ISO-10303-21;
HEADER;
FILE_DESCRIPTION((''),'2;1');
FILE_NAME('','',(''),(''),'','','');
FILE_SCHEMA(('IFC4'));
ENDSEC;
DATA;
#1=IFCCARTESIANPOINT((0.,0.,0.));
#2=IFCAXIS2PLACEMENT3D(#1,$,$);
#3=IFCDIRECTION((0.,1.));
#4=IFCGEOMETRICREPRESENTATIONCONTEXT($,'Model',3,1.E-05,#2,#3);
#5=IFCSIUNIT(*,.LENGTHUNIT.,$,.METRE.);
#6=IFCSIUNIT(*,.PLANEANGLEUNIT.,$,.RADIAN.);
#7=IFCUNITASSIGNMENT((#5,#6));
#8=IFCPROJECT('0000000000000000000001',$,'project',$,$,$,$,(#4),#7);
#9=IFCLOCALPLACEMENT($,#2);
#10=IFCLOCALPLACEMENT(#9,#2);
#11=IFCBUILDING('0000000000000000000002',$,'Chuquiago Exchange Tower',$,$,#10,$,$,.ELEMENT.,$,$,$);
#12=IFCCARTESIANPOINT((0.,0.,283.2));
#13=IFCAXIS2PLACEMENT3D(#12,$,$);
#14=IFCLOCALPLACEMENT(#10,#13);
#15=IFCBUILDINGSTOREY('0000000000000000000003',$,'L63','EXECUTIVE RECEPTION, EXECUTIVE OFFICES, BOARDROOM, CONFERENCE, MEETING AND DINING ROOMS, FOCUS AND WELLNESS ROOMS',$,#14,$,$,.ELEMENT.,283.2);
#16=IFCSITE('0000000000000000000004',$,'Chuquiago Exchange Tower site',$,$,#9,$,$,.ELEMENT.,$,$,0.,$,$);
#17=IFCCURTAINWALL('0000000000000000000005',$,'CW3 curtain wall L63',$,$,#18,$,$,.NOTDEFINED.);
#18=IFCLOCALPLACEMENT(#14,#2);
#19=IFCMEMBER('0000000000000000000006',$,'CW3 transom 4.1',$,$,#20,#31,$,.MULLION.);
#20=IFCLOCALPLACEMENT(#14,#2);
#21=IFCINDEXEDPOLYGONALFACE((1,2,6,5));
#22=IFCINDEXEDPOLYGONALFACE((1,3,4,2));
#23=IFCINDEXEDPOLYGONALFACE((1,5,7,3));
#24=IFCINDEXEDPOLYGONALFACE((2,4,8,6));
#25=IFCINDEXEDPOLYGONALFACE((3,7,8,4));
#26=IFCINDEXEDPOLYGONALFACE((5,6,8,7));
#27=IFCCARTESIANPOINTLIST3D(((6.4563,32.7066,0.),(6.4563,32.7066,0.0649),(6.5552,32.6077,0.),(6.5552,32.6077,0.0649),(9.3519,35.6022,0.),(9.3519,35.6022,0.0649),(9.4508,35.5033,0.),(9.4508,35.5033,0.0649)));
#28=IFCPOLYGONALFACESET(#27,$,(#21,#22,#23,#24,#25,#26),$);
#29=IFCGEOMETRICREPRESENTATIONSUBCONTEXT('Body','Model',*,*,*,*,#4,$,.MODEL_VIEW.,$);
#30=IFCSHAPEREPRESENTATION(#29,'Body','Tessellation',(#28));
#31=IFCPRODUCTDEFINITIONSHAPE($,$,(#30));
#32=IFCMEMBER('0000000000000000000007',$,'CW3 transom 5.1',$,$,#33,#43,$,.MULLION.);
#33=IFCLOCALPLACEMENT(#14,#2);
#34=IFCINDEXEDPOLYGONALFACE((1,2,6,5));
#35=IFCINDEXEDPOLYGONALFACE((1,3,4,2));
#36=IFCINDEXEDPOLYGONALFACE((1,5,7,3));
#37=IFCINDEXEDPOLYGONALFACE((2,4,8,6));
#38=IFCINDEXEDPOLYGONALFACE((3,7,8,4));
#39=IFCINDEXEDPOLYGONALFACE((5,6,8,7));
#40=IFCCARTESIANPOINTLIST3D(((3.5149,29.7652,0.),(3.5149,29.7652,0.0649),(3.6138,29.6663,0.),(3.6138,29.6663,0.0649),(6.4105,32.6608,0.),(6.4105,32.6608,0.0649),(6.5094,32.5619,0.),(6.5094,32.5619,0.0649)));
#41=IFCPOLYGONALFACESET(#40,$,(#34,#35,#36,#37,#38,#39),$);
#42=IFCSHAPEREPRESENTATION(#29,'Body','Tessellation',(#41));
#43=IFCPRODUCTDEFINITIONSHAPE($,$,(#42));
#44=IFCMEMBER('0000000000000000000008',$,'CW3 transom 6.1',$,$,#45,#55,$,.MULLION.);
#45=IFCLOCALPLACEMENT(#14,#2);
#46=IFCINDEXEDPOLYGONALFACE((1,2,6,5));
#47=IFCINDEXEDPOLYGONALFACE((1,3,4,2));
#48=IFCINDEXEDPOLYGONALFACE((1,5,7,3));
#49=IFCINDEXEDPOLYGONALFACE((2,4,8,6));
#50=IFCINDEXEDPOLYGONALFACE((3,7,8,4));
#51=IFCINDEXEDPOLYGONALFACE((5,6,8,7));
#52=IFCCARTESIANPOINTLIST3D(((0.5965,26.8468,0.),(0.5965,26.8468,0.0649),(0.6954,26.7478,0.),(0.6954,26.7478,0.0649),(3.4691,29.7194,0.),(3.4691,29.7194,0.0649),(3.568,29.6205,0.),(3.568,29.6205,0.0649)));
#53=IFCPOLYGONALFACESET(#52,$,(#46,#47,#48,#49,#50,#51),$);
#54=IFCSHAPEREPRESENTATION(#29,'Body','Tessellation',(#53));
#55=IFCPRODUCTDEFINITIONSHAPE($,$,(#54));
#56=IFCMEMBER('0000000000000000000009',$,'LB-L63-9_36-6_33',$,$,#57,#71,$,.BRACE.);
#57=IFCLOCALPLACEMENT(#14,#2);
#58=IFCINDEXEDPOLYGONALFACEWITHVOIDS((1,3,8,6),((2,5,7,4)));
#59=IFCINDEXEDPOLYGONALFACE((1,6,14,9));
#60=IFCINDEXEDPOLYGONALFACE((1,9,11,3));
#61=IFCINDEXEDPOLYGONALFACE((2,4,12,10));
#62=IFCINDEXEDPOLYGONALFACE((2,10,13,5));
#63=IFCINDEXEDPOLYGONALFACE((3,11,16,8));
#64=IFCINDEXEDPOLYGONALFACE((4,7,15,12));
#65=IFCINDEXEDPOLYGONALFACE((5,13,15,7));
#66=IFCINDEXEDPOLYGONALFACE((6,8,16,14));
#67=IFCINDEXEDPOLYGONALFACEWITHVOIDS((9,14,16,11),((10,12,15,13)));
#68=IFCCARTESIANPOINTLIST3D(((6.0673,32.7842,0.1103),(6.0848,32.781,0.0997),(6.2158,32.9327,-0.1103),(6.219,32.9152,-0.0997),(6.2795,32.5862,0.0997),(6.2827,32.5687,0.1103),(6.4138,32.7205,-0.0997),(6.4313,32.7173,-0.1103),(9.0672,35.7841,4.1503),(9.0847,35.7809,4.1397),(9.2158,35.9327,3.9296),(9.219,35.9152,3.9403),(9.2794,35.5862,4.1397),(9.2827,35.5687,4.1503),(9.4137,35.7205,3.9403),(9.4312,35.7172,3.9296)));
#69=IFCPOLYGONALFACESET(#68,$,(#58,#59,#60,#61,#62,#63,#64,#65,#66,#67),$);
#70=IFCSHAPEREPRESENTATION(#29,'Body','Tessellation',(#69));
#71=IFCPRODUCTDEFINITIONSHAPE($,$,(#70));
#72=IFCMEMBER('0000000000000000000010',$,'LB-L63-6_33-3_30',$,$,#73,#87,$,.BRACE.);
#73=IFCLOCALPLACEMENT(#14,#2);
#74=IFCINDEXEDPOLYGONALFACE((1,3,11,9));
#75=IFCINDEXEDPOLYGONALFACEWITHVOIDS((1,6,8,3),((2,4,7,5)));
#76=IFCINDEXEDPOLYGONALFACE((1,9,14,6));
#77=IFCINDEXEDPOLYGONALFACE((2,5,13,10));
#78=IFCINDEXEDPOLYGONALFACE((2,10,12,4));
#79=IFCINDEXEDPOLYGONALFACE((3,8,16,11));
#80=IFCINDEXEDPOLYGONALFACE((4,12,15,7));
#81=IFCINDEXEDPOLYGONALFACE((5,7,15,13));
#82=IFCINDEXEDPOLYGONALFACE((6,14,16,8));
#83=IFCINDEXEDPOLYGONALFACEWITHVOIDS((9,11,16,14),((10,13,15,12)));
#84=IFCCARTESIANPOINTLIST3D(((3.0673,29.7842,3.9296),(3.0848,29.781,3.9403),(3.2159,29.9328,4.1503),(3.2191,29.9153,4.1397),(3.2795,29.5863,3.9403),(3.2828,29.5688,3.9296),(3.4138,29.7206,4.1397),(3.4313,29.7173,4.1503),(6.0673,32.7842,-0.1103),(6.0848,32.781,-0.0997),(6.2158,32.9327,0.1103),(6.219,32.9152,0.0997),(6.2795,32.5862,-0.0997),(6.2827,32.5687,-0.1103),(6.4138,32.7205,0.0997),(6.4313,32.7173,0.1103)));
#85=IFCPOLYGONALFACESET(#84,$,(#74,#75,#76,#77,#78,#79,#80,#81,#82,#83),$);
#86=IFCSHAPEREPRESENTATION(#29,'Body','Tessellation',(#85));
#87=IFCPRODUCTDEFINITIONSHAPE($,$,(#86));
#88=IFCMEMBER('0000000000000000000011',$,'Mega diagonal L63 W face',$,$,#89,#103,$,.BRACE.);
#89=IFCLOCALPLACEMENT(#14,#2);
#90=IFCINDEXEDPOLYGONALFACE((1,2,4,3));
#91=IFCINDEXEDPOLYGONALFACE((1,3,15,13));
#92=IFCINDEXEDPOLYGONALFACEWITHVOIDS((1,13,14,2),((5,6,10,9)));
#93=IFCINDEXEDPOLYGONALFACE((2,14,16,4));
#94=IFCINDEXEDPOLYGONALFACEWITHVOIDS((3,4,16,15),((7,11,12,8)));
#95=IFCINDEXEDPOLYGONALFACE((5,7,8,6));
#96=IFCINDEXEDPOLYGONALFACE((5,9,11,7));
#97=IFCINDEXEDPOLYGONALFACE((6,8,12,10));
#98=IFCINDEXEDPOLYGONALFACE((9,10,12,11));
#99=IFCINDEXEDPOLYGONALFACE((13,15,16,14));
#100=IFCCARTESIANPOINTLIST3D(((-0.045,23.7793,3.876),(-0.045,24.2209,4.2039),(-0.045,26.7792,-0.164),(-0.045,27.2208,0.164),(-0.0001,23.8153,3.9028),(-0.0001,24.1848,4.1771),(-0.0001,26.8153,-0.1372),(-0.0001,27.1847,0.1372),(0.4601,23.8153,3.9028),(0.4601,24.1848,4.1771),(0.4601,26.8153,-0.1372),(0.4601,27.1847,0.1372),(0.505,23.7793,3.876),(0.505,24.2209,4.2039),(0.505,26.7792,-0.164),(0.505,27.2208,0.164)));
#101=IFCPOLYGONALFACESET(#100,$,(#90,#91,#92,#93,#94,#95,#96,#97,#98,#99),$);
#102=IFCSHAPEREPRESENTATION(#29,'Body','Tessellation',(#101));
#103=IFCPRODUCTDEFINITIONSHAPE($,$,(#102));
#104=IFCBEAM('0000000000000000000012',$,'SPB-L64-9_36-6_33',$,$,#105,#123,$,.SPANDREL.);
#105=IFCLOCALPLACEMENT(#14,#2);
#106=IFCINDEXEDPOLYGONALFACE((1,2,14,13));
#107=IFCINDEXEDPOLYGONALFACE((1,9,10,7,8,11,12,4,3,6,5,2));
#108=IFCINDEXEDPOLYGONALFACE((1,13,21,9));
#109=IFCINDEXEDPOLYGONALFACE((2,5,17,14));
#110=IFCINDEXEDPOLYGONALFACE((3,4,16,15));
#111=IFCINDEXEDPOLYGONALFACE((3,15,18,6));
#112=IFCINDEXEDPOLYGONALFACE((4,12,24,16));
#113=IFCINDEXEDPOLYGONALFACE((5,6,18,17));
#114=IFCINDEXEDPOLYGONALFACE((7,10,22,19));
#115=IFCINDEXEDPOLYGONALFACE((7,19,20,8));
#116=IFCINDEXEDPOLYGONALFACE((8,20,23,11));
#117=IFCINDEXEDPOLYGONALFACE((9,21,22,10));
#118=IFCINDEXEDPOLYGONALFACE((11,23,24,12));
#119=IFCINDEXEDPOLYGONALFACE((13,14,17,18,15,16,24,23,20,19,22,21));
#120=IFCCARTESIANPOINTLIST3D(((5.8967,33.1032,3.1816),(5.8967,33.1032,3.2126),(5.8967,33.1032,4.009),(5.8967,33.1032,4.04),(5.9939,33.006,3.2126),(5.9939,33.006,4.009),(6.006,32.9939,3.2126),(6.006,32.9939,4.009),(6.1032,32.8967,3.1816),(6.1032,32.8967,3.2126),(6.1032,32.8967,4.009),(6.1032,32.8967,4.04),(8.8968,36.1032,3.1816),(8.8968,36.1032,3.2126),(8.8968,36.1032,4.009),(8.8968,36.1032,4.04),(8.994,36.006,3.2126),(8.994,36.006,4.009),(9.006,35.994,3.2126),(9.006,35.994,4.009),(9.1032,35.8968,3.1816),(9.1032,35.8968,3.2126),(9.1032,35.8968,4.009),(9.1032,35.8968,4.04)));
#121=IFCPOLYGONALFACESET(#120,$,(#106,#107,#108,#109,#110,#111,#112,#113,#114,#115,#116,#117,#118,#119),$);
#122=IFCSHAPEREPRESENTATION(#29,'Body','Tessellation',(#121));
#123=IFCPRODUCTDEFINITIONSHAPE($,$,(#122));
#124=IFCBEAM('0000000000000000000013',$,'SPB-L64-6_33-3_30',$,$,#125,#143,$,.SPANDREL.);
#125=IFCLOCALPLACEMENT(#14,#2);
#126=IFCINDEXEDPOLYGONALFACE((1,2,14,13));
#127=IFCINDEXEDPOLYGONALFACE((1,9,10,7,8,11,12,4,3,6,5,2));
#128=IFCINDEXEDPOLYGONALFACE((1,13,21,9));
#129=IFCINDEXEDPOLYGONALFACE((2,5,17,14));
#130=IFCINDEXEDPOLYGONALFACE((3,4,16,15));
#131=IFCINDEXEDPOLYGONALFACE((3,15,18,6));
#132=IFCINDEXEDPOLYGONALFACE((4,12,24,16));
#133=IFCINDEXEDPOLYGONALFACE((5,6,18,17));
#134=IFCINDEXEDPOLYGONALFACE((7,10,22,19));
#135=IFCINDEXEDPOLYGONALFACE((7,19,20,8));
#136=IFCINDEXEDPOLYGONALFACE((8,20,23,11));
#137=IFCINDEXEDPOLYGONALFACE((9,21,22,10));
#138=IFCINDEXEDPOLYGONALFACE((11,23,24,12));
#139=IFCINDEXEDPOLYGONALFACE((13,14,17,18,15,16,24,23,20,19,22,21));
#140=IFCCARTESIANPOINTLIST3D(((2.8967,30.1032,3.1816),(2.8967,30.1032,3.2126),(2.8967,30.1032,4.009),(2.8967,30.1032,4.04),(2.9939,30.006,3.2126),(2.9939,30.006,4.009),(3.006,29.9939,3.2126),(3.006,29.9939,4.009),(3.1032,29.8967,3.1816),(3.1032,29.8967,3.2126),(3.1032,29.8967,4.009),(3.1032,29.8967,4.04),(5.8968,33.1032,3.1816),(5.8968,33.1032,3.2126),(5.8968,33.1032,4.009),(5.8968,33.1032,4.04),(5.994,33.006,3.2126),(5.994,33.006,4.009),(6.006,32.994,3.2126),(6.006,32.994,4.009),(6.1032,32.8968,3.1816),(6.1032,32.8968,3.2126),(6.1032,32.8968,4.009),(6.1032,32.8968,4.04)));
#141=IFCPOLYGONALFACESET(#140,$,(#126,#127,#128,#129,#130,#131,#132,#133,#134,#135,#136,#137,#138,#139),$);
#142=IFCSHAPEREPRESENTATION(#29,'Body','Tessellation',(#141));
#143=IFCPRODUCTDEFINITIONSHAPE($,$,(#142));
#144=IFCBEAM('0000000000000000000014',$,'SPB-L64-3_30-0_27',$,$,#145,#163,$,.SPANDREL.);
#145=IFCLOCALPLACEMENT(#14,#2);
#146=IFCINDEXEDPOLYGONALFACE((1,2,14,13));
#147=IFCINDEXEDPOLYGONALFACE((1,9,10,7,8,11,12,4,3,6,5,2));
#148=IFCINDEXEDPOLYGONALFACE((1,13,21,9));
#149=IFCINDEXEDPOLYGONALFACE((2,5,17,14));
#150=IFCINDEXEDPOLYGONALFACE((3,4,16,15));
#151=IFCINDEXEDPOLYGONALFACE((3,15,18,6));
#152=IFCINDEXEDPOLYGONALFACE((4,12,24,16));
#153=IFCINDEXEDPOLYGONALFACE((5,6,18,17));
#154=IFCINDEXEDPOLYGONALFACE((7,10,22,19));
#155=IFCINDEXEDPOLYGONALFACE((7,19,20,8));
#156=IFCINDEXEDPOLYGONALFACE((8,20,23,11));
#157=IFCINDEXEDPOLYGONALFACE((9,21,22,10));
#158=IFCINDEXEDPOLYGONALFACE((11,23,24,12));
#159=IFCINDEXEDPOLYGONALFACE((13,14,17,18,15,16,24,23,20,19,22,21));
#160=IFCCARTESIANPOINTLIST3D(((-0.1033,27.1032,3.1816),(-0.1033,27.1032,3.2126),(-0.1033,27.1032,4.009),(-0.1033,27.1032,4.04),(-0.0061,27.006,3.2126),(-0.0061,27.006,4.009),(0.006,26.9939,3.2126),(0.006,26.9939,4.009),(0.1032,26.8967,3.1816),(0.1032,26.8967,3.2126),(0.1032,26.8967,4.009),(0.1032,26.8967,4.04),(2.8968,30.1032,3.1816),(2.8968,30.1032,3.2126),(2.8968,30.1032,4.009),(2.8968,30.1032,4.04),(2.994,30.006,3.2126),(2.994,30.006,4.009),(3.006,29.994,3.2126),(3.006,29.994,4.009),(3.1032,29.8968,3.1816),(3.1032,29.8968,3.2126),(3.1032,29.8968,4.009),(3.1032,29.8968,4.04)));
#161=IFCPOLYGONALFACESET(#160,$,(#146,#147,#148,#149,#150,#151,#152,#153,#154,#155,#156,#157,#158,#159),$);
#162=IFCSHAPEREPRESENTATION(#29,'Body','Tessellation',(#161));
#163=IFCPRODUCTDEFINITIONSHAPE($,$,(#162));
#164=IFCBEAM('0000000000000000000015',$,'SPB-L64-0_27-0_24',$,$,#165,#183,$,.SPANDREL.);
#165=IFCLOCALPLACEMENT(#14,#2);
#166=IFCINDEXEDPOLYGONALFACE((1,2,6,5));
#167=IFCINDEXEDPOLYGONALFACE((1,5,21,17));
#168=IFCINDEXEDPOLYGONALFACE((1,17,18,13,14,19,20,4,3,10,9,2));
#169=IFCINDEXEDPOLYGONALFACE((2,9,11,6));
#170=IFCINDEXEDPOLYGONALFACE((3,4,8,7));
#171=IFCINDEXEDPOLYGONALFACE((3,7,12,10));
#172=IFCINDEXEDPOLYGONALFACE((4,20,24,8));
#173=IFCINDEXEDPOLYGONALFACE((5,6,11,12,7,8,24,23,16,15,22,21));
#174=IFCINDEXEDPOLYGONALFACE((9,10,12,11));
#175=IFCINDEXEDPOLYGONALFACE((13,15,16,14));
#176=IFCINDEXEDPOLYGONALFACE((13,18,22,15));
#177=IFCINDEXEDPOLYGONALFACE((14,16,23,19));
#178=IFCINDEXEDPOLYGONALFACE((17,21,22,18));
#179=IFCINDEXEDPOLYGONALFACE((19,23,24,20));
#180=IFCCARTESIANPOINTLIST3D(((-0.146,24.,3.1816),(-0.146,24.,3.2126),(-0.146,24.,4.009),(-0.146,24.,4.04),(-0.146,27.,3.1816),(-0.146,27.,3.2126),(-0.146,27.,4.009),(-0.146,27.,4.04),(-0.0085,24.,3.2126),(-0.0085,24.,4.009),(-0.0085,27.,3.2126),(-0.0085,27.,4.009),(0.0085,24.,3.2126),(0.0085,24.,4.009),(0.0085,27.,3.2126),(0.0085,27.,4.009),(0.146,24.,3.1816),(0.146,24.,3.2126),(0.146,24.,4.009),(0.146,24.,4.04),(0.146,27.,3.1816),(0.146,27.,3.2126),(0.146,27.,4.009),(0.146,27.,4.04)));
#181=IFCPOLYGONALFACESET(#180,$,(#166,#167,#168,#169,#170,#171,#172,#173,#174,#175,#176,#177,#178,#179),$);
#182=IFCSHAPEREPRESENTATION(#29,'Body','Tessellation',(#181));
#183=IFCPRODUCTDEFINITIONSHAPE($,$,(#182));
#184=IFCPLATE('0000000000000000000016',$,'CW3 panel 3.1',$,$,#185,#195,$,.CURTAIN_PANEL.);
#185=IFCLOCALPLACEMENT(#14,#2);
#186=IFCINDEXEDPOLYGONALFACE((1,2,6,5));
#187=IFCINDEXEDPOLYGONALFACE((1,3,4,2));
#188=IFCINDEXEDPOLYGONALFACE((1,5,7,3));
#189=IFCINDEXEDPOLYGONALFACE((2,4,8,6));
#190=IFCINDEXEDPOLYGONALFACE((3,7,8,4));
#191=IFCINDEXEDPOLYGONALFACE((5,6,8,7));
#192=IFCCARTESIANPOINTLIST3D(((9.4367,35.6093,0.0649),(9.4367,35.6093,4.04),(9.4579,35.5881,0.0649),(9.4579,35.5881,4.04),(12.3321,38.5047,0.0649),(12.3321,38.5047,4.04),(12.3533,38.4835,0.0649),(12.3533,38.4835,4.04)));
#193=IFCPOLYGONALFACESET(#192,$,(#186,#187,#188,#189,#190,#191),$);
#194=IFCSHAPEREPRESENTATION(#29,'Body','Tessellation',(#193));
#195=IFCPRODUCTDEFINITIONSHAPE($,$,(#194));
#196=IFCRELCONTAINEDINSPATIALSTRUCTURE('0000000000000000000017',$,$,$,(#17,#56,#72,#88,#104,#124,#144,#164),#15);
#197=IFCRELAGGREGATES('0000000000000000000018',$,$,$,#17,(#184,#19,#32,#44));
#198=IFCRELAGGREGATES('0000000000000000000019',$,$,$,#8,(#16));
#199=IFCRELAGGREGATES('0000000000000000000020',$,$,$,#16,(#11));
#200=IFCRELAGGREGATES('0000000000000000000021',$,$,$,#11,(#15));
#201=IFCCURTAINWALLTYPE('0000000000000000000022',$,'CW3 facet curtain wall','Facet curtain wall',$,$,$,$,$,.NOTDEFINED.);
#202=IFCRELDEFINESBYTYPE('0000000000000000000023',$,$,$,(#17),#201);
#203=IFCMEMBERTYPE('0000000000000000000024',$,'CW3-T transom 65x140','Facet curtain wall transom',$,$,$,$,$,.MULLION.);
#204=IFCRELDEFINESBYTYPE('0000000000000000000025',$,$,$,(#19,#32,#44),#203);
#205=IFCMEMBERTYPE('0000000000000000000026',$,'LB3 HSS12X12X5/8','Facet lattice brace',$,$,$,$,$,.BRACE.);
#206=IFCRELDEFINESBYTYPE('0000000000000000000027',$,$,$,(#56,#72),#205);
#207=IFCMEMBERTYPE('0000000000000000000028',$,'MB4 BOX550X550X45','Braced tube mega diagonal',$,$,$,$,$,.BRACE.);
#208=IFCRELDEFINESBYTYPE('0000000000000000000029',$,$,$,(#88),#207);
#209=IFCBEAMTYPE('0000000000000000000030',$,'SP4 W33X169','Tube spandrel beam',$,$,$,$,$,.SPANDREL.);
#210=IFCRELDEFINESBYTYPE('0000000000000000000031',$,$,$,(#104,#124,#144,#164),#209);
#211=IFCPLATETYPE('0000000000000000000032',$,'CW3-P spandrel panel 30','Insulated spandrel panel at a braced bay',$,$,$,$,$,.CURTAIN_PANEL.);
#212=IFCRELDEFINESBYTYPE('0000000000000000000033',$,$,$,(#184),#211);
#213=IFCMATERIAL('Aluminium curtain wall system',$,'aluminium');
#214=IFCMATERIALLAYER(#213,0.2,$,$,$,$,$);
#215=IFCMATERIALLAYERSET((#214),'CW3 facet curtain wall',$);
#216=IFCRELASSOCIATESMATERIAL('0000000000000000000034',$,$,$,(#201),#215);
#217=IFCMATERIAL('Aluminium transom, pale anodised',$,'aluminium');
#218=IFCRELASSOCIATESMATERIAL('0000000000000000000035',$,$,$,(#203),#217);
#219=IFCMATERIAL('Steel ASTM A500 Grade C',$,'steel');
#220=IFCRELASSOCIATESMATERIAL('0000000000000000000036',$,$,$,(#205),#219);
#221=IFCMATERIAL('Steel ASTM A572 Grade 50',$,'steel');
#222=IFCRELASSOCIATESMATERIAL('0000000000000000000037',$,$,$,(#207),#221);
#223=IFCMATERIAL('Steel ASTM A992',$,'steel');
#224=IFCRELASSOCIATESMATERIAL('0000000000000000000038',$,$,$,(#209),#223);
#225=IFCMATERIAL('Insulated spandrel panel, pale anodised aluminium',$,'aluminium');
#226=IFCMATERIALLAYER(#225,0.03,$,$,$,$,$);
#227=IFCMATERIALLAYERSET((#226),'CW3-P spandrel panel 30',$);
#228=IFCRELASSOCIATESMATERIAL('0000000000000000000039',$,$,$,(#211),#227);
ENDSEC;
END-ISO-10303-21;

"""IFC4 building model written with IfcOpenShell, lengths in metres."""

from ifc_helpers import new_model, si_unit, direction, frame, origin, origin_2d, place, context, subcontext, project, spatial, rectangle, hollow_rectangle, i_section, extrude, material, layer, layer_set, material_profile, profile_set, type_object, element, aggregate, save


model = new_model("IFC4")

# Units and contexts
model_context = context("Model", 3, precision=1e-05, world=origin(), true_north=direction((0.0, 1.0)))
body_context = subcontext(model_context, "Body", "Model", "MODEL_VIEW")
ifc_project = project(units=[si_unit("LENGTHUNIT", "METRE"), si_unit("PLANEANGLEUNIT", "RADIAN")], contexts=[model_context])

# Site, building, storey
site_placement = place(None, origin())
site = spatial("IfcSite", under=ifc_project, at=site_placement, Name="Chuquiago Exchange Tower site", CompositionType="ELEMENT", RefElevation=0.0)
building_placement = place(site_placement, origin())
building = spatial("IfcBuilding", under=site, at=building_placement, Name="Chuquiago Exchange Tower", CompositionType="ELEMENT")
storey_placement = place(building_placement, frame((0.0, 0.0, 283.2)))
storey = spatial("IfcBuildingStorey", under=building, at=storey_placement, Name="L63", Description="EXECUTIVE RECEPTION, EXECUTIVE OFFICES, BOARDROOM, CONFERENCE, MEETING AND DINING ROOMS, FOCUS AND WELLNESS ROOMS", CompositionType="ELEMENT", Elevation=283.2)

# Curtain wall, members
ifc_material_1 = material(Name="Aluminium curtain wall system", Category="aluminium")
ifc_layer_1 = layer(ifc_material_1, 0.2)
ifc_layer_set_1 = layer_set([ifc_layer_1], Name="CW3 facet curtain wall")
curtain_wall_type = type_object("IfcCurtainWallType", Name="CW3 facet curtain wall", Description="Facet curtain wall", PredefinedType="NOTDEFINED", material=ifc_layer_set_1)
curtain_wall_placement = place(storey_placement, origin())
curtain_wall = element("IfcCurtainWall", 1, at=curtain_wall_placement, inside=storey, type_object=curtain_wall_type, Name="CW3 curtain wall L63", PredefinedType="NOTDEFINED")
ifc_material_2 = material(Name="Aluminium transom, pale anodised", Category="aluminium")
ifc_material_profile_1 = material_profile(ifc_material_2, rectangle(XDim=0.1399, YDim=0.0649, at=origin_2d()), Name="AL 140x65")
ifc_profile_set_1 = profile_set([ifc_material_profile_1], Name="Aluminium transom, pale anodised")
member_type_1 = type_object("IfcMemberType", Name="CW3-T transom 65x140", Description="Facet curtain wall transom", PredefinedType="MULLION", material=ifc_profile_set_1)
member_1_placement = place(storey_placement, frame((9.4014, 35.5527, 0.0325), z_axis=(-0.707107, -0.707107, 0.0), x_axis=(0.707107, -0.707107, 0.0)))
member_1 = element("IfcMember", 2, at=member_1_placement, type_object=member_type_1, Name="CW3 transom 4.1", PredefinedType="MULLION", context=body_context, shape_type="SweptSolid", body=[
    extrude(rectangle(XDim=0.1399, YDim=0.0649, at=origin_2d()), origin(), (0.0, 0.0, 1.0), 4.095),
])
member_2_placement = place(storey_placement, frame((6.46, 32.6113, 0.0325), z_axis=(-0.707107, -0.707107, 0.0), x_axis=(0.707107, -0.707107, 0.0)))
member_2 = element("IfcMember", 3, at=member_2_placement, type_object=member_type_1, Name="CW3 transom 5.1", PredefinedType="MULLION", context=body_context, shape_type="SweptSolid", body=[
    extrude(rectangle(XDim=0.1399, YDim=0.0649, at=origin_2d()), origin(), (0.0, 0.0, 1.0), 4.095),
])
member_3_placement = place(storey_placement, frame((3.5186, 29.6699, 0.0325), z_axis=(-0.707107, -0.707107, 0.0), x_axis=(0.707107, -0.707107, 0.0)))
member_3 = element("IfcMember", 4, at=member_3_placement, type_object=member_type_1, Name="CW3 transom 6.1", PredefinedType="MULLION", context=body_context, shape_type="SweptSolid", body=[
    extrude(rectangle(XDim=0.1399, YDim=0.0649, at=origin_2d()), origin(), (0.0, 0.0, 1.0), 4.0625),
])

# Members
ifc_material_3 = material(Name="Steel ASTM A500 Grade C", Category="steel")
ifc_material_profile_2 = material_profile(ifc_material_3, hollow_rectangle(XDim=0.3047, YDim=0.3047, WallThickness=0.0146, at=origin_2d()), Name="HSS12X12X5/8")
ifc_profile_set_2 = profile_set([ifc_material_profile_2], Name="Steel ASTM A500 Grade C")
member_type_2 = type_object("IfcMemberType", Name="LB3 HSS12X12X5/8", Description="Facet lattice brace", PredefinedType="BRACE", material=ifc_profile_set_2)
for number, where, z_axis, x_axis, name in (
    (5, (6.2493, 32.7507, 0.0), (0.512077, 0.512077, 0.689604), (-0.707107, 0.707107, 0.0), "LB-L63-9_36-6_33"),
    (6, (6.2493, 32.7507, 0.0), (-0.512077, -0.512077, 0.689604), (0.707107, -0.707107, 0.0), "LB-L63-6_33-3_30"),
):
    element("IfcMember", number, at=place(storey_placement, frame(where, z_axis=z_axis, x_axis=x_axis)), inside=storey, type_object=member_type_2, Name=name, PredefinedType="BRACE", context=body_context, shape_type="SweptSolid", body=[
        extrude(hollow_rectangle(XDim=0.3047, YDim=0.3047, WallThickness=0.0146, at=origin_2d()), origin(), (0.0, 0.0, 1.0), 5.8584),
    ])
ifc_material_4 = material(Name="Steel ASTM A572 Grade 50", Category="steel")
ifc_material_profile_3 = material_profile(ifc_material_4, hollow_rectangle(XDim=0.55, YDim=0.55, WallThickness=0.0449, at=origin_2d()), Name="BOX550X550X45")
ifc_profile_set_3 = profile_set([ifc_material_profile_3], Name="Steel ASTM A572 Grade 50")
member_type_3 = type_object("IfcMemberType", Name="MB4 BOX550X550X45", Description="Braced tube mega diagonal", PredefinedType="BRACE", material=ifc_profile_set_3)
member_4_placement = place(storey_placement, frame((0.23, 27.0, 0.0), z_axis=(0.0, -0.596174, 0.802855), x_axis=(1.0, 0.0, 0.0)))
element("IfcMember", 7, at=member_4_placement, inside=storey, type_object=member_type_3, Name="Mega diagonal L63 W face", PredefinedType="BRACE", context=body_context, shape_type="SweptSolid", body=[
    extrude(hollow_rectangle(XDim=0.55, YDim=0.55, WallThickness=0.0449, at=origin_2d()), origin(), (0.0, 0.0, 1.0), 5.032),
])

# Beams
ifc_material_5 = material(Name="Steel ASTM A992", Category="steel")
ifc_material_profile_4 = material_profile(ifc_material_5, i_section(OverallWidth=0.292, OverallDepth=0.8584, WebThickness=0.0171, FlangeThickness=0.031, at=origin_2d()), Name="W33X169")
ifc_profile_set_4 = profile_set([ifc_material_profile_4], Name="Steel ASTM A992")
beam_type_1 = type_object("IfcBeamType", Name="SP4 W33X169", Description="Tube spandrel beam", PredefinedType="SPANDREL", material=ifc_profile_set_4)
for number, where, z_axis, x_axis, name in (
    (8, (9.0, 36.0, 3.6108), (-0.707107, -0.707107, 0.0), (0.707107, -0.707107, 0.0), "SPB-L64-9_36-6_33"),
    (9, (6.0, 33.0, 3.6108), (-0.707107, -0.707107, 0.0), (0.707107, -0.707107, 0.0), "SPB-L64-6_33-3_30"),
    (10, (3.0, 30.0, 3.6108), (-0.707107, -0.707107, 0.0), (0.707107, -0.707107, 0.0), "SPB-L64-3_30-0_27"),
):
    element("IfcBeam", number, at=place(storey_placement, frame(where, z_axis=z_axis, x_axis=x_axis)), inside=storey, type_object=beam_type_1, Name=name, PredefinedType="SPANDREL", context=body_context, shape_type="SweptSolid", body=[
        extrude(i_section(OverallWidth=0.292, OverallDepth=0.8584, WebThickness=0.0171, FlangeThickness=0.031, at=origin_2d()), origin(), (0.0, 0.0, 1.0), 4.2427),
    ])
beam_1_placement = place(storey_placement, frame((0.0, 27.0, 3.6108), z_axis=(0.0, -1.0, 0.0), x_axis=(1.0, 0.0, 0.0)))
element("IfcBeam", 11, at=beam_1_placement, inside=storey, type_object=beam_type_1, Name="SPB-L64-0_27-0_24", PredefinedType="SPANDREL", context=body_context, shape_type="SweptSolid", body=[
    extrude(i_section(OverallWidth=0.292, OverallDepth=0.8584, WebThickness=0.0171, FlangeThickness=0.031, at=origin_2d()), origin(), (0.0, 0.0, 1.0), 3.0),
])

# Plate
ifc_material_6 = material(Name="Insulated spandrel panel, pale anodised aluminium", Category="aluminium")
ifc_layer_2 = layer(ifc_material_6, 0.03)
ifc_layer_set_2 = layer_set([ifc_layer_2], Name="CW3-P spandrel panel 30")
plate_type = type_object("IfcPlateType", Name="CW3-P spandrel panel 30", Description="Insulated spandrel panel at a braced bay", PredefinedType="CURTAIN_PANEL", material=ifc_layer_set_2)
plate_1_placement = place(storey_placement, frame((10.895, 37.0464, 0.0649), z_axis=(0.0, 0.0, 1.0), x_axis=(-0.707107, -0.707107, 0.0)))
plate_1 = element("IfcPlate", 12, at=plate_1_placement, type_object=plate_type, Name="CW3 panel 3.1", PredefinedType="CURTAIN_PANEL", context=body_context, shape_type="SweptSolid", body=[
    extrude(rectangle(XDim=4.0947, YDim=0.03, at=origin_2d()), origin(), (0.0, 0.0, 1.0), 3.9751),
])
aggregate(curtain_wall, [plate_1, member_1, member_2, member_3])

save(model, "model.ifc")
